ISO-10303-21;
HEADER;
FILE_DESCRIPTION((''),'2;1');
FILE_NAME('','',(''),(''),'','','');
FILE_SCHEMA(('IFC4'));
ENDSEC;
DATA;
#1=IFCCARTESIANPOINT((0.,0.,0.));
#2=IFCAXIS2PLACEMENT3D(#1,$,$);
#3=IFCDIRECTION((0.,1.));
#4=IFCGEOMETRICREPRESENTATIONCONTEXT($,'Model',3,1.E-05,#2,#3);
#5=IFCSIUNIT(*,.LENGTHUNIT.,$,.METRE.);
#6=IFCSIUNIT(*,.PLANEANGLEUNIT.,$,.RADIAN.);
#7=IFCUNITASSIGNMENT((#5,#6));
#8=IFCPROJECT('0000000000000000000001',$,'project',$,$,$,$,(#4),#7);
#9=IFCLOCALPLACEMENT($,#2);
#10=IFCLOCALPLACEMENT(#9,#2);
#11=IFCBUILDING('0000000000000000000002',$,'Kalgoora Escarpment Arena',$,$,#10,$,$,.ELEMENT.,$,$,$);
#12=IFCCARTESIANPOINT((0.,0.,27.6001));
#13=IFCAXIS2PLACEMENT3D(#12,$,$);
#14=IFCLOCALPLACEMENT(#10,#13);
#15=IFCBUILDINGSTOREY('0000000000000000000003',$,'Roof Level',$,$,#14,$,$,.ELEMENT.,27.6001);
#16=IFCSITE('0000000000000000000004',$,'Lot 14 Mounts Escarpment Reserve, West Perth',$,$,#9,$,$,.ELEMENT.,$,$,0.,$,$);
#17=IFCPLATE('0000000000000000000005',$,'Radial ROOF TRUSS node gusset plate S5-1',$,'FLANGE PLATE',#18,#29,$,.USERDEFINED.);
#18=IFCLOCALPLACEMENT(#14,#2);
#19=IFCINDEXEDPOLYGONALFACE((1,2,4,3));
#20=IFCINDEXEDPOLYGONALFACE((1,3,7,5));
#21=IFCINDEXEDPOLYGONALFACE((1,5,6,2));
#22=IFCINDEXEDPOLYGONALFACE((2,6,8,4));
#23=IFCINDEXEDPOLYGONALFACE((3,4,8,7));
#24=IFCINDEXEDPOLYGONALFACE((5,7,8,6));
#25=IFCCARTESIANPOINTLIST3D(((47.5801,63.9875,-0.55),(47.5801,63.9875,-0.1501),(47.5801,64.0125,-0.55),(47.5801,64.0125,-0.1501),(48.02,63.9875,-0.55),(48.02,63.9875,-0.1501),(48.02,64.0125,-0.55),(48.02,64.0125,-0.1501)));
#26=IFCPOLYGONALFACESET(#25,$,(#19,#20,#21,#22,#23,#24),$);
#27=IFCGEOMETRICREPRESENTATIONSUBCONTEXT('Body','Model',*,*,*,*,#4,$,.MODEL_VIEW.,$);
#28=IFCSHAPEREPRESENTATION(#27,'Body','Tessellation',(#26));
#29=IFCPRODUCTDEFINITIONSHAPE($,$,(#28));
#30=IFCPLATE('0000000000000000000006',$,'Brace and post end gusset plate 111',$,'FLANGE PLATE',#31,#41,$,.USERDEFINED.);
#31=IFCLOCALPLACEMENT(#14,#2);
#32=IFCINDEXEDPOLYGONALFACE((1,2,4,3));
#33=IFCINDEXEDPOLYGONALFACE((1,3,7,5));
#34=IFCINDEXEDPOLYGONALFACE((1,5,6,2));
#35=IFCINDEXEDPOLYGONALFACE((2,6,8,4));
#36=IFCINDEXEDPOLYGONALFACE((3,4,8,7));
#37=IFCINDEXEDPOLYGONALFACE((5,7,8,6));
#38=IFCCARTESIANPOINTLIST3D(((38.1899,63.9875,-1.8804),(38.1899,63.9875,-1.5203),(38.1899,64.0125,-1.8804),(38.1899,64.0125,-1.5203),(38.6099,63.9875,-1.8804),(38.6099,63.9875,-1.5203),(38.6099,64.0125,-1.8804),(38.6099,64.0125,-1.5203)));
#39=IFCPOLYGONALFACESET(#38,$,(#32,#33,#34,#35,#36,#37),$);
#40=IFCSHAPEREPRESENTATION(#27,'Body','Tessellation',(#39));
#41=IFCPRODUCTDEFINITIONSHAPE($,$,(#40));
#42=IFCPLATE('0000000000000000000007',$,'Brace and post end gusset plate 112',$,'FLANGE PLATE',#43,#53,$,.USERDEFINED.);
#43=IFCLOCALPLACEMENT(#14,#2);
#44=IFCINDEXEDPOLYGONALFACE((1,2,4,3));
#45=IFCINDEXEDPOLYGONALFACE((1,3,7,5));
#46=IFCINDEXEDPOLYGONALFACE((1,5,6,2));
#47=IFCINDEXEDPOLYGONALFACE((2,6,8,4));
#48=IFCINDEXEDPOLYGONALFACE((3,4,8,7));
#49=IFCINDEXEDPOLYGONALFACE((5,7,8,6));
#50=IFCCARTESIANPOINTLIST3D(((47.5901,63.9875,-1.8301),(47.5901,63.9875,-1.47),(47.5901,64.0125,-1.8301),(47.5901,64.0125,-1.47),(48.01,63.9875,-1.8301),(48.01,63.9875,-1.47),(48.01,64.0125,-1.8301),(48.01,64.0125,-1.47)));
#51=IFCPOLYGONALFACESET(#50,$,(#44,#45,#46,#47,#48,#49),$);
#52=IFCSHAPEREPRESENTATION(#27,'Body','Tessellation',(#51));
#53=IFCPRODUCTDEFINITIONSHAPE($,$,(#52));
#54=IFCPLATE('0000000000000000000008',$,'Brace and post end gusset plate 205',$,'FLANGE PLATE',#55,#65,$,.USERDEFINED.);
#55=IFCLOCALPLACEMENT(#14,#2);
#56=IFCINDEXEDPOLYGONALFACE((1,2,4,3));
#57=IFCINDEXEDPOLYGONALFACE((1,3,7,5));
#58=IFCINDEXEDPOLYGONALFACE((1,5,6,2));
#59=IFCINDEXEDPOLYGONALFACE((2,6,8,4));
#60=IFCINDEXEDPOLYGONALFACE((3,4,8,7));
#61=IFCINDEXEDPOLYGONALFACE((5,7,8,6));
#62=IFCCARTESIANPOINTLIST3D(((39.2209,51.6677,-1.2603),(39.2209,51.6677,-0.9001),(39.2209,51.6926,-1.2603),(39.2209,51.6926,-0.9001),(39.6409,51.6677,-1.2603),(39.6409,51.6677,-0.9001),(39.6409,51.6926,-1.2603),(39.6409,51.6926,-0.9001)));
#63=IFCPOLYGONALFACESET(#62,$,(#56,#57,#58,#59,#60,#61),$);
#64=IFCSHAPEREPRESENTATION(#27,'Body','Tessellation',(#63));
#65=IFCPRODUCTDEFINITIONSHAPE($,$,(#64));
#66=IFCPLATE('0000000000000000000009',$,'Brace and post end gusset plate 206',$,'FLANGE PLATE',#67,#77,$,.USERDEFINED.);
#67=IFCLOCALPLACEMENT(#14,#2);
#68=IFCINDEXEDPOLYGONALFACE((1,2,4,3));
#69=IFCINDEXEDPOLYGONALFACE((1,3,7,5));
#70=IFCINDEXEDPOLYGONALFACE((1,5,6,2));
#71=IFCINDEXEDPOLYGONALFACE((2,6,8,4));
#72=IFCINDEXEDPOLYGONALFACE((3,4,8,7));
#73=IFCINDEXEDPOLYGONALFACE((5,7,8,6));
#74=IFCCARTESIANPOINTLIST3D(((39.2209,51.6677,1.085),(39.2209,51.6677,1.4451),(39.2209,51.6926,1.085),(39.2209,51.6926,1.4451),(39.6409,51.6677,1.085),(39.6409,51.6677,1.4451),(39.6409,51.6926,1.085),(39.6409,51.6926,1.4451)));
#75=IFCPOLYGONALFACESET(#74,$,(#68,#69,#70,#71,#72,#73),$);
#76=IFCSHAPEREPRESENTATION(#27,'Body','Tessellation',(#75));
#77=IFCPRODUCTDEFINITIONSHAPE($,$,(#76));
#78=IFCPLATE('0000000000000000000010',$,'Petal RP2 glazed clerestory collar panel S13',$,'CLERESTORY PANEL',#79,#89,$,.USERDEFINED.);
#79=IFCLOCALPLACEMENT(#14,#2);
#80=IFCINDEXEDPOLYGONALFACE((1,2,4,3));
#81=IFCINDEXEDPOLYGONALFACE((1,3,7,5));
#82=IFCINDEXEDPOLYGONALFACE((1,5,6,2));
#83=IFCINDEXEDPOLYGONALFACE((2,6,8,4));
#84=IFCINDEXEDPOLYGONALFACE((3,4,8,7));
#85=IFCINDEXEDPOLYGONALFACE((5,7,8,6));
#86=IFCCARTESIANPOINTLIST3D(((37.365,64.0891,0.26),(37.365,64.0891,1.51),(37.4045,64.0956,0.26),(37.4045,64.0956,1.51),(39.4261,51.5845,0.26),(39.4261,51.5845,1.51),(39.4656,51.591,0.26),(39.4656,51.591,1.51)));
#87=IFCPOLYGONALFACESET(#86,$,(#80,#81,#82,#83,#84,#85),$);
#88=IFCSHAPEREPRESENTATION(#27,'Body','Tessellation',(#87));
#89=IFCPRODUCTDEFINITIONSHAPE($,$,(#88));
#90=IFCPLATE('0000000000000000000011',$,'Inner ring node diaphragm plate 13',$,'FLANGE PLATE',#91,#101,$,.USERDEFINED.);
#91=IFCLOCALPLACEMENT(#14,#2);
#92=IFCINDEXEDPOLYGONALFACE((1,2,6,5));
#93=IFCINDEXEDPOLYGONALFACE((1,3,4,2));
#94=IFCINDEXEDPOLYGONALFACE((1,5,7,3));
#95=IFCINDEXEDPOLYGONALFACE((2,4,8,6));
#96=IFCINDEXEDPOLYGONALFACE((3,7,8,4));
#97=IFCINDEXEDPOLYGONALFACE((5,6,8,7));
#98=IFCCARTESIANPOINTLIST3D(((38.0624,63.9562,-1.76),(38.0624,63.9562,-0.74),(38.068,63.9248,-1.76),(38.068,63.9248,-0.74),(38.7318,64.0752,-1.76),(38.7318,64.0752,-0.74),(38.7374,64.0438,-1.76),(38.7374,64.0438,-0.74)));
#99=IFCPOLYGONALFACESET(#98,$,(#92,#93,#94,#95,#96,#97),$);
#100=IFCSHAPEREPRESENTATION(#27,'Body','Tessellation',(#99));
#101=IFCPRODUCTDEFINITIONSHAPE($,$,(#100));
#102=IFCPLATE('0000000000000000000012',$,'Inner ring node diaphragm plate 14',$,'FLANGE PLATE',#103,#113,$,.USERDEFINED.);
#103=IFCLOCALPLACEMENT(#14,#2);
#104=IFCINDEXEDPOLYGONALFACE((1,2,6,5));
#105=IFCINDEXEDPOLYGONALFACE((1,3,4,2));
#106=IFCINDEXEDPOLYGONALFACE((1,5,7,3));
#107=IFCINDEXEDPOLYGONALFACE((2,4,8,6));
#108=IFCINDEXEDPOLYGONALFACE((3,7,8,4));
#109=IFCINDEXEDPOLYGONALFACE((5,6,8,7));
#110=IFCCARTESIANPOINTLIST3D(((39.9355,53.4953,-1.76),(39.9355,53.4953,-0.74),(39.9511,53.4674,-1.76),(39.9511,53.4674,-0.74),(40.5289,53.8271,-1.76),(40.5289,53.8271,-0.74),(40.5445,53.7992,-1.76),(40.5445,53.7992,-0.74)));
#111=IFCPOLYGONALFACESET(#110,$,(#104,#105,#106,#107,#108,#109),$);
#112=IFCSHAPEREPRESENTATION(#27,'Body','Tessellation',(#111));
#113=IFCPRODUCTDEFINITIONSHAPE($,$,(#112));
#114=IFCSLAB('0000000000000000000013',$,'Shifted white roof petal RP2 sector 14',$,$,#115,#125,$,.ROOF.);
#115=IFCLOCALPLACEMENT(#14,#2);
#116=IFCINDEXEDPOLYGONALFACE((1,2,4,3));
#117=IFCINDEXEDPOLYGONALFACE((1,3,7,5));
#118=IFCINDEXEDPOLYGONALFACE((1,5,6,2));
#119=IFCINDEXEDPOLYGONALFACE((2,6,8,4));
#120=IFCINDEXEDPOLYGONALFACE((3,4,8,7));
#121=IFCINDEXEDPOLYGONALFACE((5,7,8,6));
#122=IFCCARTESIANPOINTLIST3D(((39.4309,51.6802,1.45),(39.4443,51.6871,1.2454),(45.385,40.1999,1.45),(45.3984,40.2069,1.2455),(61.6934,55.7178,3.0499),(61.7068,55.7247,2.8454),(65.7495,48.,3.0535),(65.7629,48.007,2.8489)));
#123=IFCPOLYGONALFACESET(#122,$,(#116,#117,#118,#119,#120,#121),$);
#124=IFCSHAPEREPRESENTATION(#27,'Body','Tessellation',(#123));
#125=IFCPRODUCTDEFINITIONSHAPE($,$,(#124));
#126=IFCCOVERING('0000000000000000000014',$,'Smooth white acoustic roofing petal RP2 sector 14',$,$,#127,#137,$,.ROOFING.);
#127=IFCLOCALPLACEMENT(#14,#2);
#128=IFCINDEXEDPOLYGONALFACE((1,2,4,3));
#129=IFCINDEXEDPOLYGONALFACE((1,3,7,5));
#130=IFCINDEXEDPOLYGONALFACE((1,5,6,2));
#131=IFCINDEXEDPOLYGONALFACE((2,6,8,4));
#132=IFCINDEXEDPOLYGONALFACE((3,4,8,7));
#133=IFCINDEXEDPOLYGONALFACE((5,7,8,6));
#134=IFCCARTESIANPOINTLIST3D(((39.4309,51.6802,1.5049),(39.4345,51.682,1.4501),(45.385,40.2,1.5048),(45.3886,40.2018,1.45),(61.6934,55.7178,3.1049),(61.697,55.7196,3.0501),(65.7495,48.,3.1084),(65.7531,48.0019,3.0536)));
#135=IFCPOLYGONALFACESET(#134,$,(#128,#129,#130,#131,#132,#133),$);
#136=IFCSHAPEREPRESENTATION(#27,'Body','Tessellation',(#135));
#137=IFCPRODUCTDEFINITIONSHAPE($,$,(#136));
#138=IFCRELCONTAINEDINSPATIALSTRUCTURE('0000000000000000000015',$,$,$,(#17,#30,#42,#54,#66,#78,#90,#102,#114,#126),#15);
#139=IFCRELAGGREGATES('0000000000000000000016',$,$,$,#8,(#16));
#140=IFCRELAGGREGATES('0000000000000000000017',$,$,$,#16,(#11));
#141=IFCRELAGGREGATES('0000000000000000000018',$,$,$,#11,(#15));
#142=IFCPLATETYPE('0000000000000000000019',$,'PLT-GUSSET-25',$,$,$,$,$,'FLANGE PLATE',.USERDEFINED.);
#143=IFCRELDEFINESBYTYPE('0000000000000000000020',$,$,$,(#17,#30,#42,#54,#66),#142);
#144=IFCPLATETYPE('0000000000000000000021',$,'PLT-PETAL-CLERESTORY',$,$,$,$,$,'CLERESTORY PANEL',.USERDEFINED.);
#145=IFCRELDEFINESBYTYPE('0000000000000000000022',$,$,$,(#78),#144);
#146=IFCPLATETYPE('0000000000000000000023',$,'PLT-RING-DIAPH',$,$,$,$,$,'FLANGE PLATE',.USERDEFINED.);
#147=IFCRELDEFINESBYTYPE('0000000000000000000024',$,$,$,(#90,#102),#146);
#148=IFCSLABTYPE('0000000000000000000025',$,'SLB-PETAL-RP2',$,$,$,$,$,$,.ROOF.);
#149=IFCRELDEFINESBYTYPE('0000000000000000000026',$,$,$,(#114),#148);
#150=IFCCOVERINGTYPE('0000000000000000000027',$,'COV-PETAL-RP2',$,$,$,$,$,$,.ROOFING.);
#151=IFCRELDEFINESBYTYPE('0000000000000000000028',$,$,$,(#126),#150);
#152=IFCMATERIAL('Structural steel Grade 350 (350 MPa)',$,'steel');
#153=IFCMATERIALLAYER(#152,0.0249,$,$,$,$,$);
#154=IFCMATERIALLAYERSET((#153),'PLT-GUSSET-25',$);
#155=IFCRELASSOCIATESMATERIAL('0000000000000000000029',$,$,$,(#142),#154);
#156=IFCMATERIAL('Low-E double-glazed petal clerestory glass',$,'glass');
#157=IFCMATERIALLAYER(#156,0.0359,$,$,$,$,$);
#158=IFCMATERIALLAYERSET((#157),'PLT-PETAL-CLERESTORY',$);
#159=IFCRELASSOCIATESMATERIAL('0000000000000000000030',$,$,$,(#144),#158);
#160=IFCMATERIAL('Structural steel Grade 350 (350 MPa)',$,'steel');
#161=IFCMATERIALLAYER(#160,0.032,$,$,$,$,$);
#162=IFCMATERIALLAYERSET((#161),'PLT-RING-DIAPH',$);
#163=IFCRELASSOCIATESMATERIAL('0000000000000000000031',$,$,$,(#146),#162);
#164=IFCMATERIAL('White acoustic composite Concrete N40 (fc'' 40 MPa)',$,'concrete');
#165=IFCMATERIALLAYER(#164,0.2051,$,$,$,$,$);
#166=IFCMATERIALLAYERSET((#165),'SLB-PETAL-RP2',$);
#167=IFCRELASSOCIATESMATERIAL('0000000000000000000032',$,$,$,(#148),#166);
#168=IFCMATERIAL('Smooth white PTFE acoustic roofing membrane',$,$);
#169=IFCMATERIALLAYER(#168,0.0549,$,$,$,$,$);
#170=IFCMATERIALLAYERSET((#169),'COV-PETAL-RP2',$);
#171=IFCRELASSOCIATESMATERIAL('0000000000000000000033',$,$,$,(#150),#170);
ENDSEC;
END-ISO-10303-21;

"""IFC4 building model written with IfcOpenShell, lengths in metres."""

from ifc_helpers import new_model, si_unit, direction, frame, origin, origin_2d, place, context, subcontext, project, spatial, polyline, rectangle, outline, extrude, material, layer, layer_set, type_object, element, save


model = new_model("IFC4")

# Units and contexts
model_context = context("Model", 3, precision=1e-05, world=origin(), true_north=direction((0.0, 1.0)))
body_context = subcontext(model_context, "Body", "Model", "MODEL_VIEW")
ifc_project = project(units=[si_unit("LENGTHUNIT", "METRE"), si_unit("PLANEANGLEUNIT", "RADIAN")], contexts=[model_context])

# Site, building, storey
site_placement = place(None, origin())
site = spatial("IfcSite", under=ifc_project, at=site_placement, Name="Lot 14 Mounts Escarpment Reserve, West Perth", CompositionType="ELEMENT", RefElevation=0.0)
building_placement = place(site_placement, origin())
building = spatial("IfcBuilding", under=site, at=building_placement, Name="Kalgoora Escarpment Arena", CompositionType="ELEMENT")
storey_placement = place(building_placement, frame((0.0, 0.0, 27.6001)))
storey = spatial("IfcBuildingStorey", under=building, at=storey_placement, Name="Roof Level", CompositionType="ELEMENT", Elevation=27.6001)

# Plates
ifc_material_1 = material(Name="Structural steel Grade 350 (350 MPa)", Category="steel")
ifc_layer_1 = layer(ifc_material_1, 0.0249)
ifc_layer_set_1 = layer_set([ifc_layer_1], Name="PLT-GUSSET-25")
plate_type_1 = type_object("IfcPlateType", Name="PLT-GUSSET-25", ElementType="FLANGE PLATE", PredefinedType="USERDEFINED", material=ifc_layer_set_1)
plate_1_placement = place(storey_placement, frame((47.8, 64.0, -0.55), z_axis=(0.0, 0.0, 1.0), x_axis=(1.0, 0.0, 0.0)))
element("IfcPlate", 1, at=plate_1_placement, inside=storey, type_object=plate_type_1, Name="Radial ROOF TRUSS node gusset plate S5-1", ObjectType="FLANGE PLATE", PredefinedType="USERDEFINED", context=body_context, shape_type="SweptSolid", body=[
    extrude(rectangle(XDim=0.4399, YDim=0.0249, at=origin_2d()), origin(), (0.0, 0.0, 1.0), 0.3999),
])
for number, where, z_axis, x_axis, name in (
    (2, (38.3999, 64.0, -1.8804), (0.0, 0.0, 1.0), (1.0, 0.0, 0.0), "Brace and post end gusset plate 111"),
    (3, (47.8, 64.0, -1.8301), (0.0, 0.0, 1.0), (1.0, 0.0, 0.0), "Brace and post end gusset plate 112"),
    (4, (39.4309, 51.6802, -1.2603), (0.0, 0.0, 1.0), (1.0, 0.0, 0.0), "Brace and post end gusset plate 205"),
    (5, (39.4309, 51.6802, 1.085), (0.0, 0.0, 1.0), (1.0, 0.0, 0.0), "Brace and post end gusset plate 206"),
):
    element("IfcPlate", number, at=place(storey_placement, frame(where, z_axis=z_axis, x_axis=x_axis)), inside=storey, type_object=plate_type_1, Name=name, ObjectType="FLANGE PLATE", PredefinedType="USERDEFINED", context=body_context, shape_type="SweptSolid", body=[
        extrude(rectangle(XDim=0.4199, YDim=0.0249, at=origin_2d()), origin(), (0.0, 0.0, 1.0), 0.3601),
    ])
ifc_material_2 = material(Name="Low-E double-glazed petal clerestory glass", Category="glass")
ifc_layer_2 = layer(ifc_material_2, 0.0359)
ifc_layer_set_2 = layer_set([ifc_layer_2], Name="PLT-PETAL-CLERESTORY")
plate_type_2 = type_object("IfcPlateType", Name="PLT-PETAL-CLERESTORY", ElementType="CLERESTORY PANEL", PredefinedType="USERDEFINED", material=ifc_layer_set_2)
plate_2_placement = place(storey_placement, frame((38.4153, 57.8401, 0.26), z_axis=(0.0, 0.0, 1.0), x_axis=(0.162637, -0.986686, 0.0)))
element("IfcPlate", 6, at=plate_2_placement, inside=storey, type_object=plate_type_2, Name="Petal RP2 glazed clerestory collar panel S13", ObjectType="CLERESTORY PANEL", PredefinedType="USERDEFINED", context=body_context, shape_type="SweptSolid", body=[
    extrude(rectangle(XDim=12.6733, YDim=0.04, at=origin_2d()), origin(), (0.0, 0.0, 1.0), 1.25),
])
ifc_material_3 = material(Name="Structural steel Grade 350 (350 MPa)", Category="steel")
ifc_layer_3 = layer(ifc_material_3, 0.032)
ifc_layer_set_3 = layer_set([ifc_layer_3], Name="PLT-RING-DIAPH")
plate_type_3 = type_object("IfcPlateType", Name="PLT-RING-DIAPH", ElementType="FLANGE PLATE", PredefinedType="USERDEFINED", material=ifc_layer_set_3)
for number, where, z_axis, x_axis, name in (
    (7, (38.3999, 64.0, -1.76), (0.0, 0.0, 1.0), (0.175023, -0.984564, 0.0), "Inner ring node diaphragm plate 13"),
    (8, (40.24, 53.6472, -1.76), (0.0, 0.0, 1.0), (0.488012, -0.872837, 0.0), "Inner ring node diaphragm plate 14"),
):
    element("IfcPlate", number, at=place(storey_placement, frame(where, z_axis=z_axis, x_axis=x_axis)), inside=storey, type_object=plate_type_3, Name=name, ObjectType="FLANGE PLATE", PredefinedType="USERDEFINED", context=body_context, shape_type="SweptSolid", body=[
        extrude(rectangle(XDim=0.032, YDim=0.6799, at=origin_2d()), origin(), (0.0, 0.0, 1.0), 1.02),
    ])

# Slab
ifc_material_4 = material(Name="White acoustic composite Concrete N40 (fc' 40 MPa)", Category="concrete")
ifc_layer_4 = layer(ifc_material_4, 0.2051)
ifc_layer_set_4 = layer_set([ifc_layer_4], Name="SLB-PETAL-RP2")
slab_type = type_object("IfcSlabType", Name="SLB-PETAL-RP2", PredefinedType="ROOF", material=ifc_layer_set_4)
slab_placement = place(storey_placement, frame((39.4309, 51.6802, 1.45), z_axis=(-0.065511, -0.033969, 0.997274), x_axis=(0.460402, -0.887711, 0.000007)))
element("IfcSlab", 9, at=slab_placement, inside=storey, type_object=slab_type, Name="Shifted white roof petal RP2 sector 14", PredefinedType="ROOF", context=body_context, shape_type="SweptSolid", body=[
    extrude(outline(polyline([(0.0, 0.0), (12.9324, 0.0), (15.3841, 21.7282), (6.6655, 21.6806), (0.0, 0.0)])), origin(), (0.0, 0.0, -1.0), 0.2051),
])

# Covering
ifc_material_5 = material(Name="Smooth white PTFE acoustic roofing membrane")
ifc_layer_5 = layer(ifc_material_5, 0.0549)
ifc_layer_set_5 = layer_set([ifc_layer_5], Name="COV-PETAL-RP2")
covering_type = type_object("IfcCoveringType", Name="COV-PETAL-RP2", PredefinedType="ROOFING", material=ifc_layer_set_5)
covering_placement = place(storey_placement, frame((39.4309, 51.6802, 1.5049), z_axis=(-0.065513, -0.033982, 0.997273), x_axis=(0.460402, -0.88771, -0.000004)))
element("IfcCovering", 10, at=covering_placement, inside=storey, type_object=covering_type, Name="Smooth white acoustic roofing petal RP2 sector 14", PredefinedType="ROOFING", context=body_context, shape_type="SweptSolid", body=[
    extrude(outline(polyline([(0.0, 0.0), (12.9324, 0.0), (15.3841, 21.7282), (6.6655, 21.6807), (0.0, 0.0)])), origin(), (0.0, 0.0, -1.0), 0.0549),
])

save(model, "model.ifc")
